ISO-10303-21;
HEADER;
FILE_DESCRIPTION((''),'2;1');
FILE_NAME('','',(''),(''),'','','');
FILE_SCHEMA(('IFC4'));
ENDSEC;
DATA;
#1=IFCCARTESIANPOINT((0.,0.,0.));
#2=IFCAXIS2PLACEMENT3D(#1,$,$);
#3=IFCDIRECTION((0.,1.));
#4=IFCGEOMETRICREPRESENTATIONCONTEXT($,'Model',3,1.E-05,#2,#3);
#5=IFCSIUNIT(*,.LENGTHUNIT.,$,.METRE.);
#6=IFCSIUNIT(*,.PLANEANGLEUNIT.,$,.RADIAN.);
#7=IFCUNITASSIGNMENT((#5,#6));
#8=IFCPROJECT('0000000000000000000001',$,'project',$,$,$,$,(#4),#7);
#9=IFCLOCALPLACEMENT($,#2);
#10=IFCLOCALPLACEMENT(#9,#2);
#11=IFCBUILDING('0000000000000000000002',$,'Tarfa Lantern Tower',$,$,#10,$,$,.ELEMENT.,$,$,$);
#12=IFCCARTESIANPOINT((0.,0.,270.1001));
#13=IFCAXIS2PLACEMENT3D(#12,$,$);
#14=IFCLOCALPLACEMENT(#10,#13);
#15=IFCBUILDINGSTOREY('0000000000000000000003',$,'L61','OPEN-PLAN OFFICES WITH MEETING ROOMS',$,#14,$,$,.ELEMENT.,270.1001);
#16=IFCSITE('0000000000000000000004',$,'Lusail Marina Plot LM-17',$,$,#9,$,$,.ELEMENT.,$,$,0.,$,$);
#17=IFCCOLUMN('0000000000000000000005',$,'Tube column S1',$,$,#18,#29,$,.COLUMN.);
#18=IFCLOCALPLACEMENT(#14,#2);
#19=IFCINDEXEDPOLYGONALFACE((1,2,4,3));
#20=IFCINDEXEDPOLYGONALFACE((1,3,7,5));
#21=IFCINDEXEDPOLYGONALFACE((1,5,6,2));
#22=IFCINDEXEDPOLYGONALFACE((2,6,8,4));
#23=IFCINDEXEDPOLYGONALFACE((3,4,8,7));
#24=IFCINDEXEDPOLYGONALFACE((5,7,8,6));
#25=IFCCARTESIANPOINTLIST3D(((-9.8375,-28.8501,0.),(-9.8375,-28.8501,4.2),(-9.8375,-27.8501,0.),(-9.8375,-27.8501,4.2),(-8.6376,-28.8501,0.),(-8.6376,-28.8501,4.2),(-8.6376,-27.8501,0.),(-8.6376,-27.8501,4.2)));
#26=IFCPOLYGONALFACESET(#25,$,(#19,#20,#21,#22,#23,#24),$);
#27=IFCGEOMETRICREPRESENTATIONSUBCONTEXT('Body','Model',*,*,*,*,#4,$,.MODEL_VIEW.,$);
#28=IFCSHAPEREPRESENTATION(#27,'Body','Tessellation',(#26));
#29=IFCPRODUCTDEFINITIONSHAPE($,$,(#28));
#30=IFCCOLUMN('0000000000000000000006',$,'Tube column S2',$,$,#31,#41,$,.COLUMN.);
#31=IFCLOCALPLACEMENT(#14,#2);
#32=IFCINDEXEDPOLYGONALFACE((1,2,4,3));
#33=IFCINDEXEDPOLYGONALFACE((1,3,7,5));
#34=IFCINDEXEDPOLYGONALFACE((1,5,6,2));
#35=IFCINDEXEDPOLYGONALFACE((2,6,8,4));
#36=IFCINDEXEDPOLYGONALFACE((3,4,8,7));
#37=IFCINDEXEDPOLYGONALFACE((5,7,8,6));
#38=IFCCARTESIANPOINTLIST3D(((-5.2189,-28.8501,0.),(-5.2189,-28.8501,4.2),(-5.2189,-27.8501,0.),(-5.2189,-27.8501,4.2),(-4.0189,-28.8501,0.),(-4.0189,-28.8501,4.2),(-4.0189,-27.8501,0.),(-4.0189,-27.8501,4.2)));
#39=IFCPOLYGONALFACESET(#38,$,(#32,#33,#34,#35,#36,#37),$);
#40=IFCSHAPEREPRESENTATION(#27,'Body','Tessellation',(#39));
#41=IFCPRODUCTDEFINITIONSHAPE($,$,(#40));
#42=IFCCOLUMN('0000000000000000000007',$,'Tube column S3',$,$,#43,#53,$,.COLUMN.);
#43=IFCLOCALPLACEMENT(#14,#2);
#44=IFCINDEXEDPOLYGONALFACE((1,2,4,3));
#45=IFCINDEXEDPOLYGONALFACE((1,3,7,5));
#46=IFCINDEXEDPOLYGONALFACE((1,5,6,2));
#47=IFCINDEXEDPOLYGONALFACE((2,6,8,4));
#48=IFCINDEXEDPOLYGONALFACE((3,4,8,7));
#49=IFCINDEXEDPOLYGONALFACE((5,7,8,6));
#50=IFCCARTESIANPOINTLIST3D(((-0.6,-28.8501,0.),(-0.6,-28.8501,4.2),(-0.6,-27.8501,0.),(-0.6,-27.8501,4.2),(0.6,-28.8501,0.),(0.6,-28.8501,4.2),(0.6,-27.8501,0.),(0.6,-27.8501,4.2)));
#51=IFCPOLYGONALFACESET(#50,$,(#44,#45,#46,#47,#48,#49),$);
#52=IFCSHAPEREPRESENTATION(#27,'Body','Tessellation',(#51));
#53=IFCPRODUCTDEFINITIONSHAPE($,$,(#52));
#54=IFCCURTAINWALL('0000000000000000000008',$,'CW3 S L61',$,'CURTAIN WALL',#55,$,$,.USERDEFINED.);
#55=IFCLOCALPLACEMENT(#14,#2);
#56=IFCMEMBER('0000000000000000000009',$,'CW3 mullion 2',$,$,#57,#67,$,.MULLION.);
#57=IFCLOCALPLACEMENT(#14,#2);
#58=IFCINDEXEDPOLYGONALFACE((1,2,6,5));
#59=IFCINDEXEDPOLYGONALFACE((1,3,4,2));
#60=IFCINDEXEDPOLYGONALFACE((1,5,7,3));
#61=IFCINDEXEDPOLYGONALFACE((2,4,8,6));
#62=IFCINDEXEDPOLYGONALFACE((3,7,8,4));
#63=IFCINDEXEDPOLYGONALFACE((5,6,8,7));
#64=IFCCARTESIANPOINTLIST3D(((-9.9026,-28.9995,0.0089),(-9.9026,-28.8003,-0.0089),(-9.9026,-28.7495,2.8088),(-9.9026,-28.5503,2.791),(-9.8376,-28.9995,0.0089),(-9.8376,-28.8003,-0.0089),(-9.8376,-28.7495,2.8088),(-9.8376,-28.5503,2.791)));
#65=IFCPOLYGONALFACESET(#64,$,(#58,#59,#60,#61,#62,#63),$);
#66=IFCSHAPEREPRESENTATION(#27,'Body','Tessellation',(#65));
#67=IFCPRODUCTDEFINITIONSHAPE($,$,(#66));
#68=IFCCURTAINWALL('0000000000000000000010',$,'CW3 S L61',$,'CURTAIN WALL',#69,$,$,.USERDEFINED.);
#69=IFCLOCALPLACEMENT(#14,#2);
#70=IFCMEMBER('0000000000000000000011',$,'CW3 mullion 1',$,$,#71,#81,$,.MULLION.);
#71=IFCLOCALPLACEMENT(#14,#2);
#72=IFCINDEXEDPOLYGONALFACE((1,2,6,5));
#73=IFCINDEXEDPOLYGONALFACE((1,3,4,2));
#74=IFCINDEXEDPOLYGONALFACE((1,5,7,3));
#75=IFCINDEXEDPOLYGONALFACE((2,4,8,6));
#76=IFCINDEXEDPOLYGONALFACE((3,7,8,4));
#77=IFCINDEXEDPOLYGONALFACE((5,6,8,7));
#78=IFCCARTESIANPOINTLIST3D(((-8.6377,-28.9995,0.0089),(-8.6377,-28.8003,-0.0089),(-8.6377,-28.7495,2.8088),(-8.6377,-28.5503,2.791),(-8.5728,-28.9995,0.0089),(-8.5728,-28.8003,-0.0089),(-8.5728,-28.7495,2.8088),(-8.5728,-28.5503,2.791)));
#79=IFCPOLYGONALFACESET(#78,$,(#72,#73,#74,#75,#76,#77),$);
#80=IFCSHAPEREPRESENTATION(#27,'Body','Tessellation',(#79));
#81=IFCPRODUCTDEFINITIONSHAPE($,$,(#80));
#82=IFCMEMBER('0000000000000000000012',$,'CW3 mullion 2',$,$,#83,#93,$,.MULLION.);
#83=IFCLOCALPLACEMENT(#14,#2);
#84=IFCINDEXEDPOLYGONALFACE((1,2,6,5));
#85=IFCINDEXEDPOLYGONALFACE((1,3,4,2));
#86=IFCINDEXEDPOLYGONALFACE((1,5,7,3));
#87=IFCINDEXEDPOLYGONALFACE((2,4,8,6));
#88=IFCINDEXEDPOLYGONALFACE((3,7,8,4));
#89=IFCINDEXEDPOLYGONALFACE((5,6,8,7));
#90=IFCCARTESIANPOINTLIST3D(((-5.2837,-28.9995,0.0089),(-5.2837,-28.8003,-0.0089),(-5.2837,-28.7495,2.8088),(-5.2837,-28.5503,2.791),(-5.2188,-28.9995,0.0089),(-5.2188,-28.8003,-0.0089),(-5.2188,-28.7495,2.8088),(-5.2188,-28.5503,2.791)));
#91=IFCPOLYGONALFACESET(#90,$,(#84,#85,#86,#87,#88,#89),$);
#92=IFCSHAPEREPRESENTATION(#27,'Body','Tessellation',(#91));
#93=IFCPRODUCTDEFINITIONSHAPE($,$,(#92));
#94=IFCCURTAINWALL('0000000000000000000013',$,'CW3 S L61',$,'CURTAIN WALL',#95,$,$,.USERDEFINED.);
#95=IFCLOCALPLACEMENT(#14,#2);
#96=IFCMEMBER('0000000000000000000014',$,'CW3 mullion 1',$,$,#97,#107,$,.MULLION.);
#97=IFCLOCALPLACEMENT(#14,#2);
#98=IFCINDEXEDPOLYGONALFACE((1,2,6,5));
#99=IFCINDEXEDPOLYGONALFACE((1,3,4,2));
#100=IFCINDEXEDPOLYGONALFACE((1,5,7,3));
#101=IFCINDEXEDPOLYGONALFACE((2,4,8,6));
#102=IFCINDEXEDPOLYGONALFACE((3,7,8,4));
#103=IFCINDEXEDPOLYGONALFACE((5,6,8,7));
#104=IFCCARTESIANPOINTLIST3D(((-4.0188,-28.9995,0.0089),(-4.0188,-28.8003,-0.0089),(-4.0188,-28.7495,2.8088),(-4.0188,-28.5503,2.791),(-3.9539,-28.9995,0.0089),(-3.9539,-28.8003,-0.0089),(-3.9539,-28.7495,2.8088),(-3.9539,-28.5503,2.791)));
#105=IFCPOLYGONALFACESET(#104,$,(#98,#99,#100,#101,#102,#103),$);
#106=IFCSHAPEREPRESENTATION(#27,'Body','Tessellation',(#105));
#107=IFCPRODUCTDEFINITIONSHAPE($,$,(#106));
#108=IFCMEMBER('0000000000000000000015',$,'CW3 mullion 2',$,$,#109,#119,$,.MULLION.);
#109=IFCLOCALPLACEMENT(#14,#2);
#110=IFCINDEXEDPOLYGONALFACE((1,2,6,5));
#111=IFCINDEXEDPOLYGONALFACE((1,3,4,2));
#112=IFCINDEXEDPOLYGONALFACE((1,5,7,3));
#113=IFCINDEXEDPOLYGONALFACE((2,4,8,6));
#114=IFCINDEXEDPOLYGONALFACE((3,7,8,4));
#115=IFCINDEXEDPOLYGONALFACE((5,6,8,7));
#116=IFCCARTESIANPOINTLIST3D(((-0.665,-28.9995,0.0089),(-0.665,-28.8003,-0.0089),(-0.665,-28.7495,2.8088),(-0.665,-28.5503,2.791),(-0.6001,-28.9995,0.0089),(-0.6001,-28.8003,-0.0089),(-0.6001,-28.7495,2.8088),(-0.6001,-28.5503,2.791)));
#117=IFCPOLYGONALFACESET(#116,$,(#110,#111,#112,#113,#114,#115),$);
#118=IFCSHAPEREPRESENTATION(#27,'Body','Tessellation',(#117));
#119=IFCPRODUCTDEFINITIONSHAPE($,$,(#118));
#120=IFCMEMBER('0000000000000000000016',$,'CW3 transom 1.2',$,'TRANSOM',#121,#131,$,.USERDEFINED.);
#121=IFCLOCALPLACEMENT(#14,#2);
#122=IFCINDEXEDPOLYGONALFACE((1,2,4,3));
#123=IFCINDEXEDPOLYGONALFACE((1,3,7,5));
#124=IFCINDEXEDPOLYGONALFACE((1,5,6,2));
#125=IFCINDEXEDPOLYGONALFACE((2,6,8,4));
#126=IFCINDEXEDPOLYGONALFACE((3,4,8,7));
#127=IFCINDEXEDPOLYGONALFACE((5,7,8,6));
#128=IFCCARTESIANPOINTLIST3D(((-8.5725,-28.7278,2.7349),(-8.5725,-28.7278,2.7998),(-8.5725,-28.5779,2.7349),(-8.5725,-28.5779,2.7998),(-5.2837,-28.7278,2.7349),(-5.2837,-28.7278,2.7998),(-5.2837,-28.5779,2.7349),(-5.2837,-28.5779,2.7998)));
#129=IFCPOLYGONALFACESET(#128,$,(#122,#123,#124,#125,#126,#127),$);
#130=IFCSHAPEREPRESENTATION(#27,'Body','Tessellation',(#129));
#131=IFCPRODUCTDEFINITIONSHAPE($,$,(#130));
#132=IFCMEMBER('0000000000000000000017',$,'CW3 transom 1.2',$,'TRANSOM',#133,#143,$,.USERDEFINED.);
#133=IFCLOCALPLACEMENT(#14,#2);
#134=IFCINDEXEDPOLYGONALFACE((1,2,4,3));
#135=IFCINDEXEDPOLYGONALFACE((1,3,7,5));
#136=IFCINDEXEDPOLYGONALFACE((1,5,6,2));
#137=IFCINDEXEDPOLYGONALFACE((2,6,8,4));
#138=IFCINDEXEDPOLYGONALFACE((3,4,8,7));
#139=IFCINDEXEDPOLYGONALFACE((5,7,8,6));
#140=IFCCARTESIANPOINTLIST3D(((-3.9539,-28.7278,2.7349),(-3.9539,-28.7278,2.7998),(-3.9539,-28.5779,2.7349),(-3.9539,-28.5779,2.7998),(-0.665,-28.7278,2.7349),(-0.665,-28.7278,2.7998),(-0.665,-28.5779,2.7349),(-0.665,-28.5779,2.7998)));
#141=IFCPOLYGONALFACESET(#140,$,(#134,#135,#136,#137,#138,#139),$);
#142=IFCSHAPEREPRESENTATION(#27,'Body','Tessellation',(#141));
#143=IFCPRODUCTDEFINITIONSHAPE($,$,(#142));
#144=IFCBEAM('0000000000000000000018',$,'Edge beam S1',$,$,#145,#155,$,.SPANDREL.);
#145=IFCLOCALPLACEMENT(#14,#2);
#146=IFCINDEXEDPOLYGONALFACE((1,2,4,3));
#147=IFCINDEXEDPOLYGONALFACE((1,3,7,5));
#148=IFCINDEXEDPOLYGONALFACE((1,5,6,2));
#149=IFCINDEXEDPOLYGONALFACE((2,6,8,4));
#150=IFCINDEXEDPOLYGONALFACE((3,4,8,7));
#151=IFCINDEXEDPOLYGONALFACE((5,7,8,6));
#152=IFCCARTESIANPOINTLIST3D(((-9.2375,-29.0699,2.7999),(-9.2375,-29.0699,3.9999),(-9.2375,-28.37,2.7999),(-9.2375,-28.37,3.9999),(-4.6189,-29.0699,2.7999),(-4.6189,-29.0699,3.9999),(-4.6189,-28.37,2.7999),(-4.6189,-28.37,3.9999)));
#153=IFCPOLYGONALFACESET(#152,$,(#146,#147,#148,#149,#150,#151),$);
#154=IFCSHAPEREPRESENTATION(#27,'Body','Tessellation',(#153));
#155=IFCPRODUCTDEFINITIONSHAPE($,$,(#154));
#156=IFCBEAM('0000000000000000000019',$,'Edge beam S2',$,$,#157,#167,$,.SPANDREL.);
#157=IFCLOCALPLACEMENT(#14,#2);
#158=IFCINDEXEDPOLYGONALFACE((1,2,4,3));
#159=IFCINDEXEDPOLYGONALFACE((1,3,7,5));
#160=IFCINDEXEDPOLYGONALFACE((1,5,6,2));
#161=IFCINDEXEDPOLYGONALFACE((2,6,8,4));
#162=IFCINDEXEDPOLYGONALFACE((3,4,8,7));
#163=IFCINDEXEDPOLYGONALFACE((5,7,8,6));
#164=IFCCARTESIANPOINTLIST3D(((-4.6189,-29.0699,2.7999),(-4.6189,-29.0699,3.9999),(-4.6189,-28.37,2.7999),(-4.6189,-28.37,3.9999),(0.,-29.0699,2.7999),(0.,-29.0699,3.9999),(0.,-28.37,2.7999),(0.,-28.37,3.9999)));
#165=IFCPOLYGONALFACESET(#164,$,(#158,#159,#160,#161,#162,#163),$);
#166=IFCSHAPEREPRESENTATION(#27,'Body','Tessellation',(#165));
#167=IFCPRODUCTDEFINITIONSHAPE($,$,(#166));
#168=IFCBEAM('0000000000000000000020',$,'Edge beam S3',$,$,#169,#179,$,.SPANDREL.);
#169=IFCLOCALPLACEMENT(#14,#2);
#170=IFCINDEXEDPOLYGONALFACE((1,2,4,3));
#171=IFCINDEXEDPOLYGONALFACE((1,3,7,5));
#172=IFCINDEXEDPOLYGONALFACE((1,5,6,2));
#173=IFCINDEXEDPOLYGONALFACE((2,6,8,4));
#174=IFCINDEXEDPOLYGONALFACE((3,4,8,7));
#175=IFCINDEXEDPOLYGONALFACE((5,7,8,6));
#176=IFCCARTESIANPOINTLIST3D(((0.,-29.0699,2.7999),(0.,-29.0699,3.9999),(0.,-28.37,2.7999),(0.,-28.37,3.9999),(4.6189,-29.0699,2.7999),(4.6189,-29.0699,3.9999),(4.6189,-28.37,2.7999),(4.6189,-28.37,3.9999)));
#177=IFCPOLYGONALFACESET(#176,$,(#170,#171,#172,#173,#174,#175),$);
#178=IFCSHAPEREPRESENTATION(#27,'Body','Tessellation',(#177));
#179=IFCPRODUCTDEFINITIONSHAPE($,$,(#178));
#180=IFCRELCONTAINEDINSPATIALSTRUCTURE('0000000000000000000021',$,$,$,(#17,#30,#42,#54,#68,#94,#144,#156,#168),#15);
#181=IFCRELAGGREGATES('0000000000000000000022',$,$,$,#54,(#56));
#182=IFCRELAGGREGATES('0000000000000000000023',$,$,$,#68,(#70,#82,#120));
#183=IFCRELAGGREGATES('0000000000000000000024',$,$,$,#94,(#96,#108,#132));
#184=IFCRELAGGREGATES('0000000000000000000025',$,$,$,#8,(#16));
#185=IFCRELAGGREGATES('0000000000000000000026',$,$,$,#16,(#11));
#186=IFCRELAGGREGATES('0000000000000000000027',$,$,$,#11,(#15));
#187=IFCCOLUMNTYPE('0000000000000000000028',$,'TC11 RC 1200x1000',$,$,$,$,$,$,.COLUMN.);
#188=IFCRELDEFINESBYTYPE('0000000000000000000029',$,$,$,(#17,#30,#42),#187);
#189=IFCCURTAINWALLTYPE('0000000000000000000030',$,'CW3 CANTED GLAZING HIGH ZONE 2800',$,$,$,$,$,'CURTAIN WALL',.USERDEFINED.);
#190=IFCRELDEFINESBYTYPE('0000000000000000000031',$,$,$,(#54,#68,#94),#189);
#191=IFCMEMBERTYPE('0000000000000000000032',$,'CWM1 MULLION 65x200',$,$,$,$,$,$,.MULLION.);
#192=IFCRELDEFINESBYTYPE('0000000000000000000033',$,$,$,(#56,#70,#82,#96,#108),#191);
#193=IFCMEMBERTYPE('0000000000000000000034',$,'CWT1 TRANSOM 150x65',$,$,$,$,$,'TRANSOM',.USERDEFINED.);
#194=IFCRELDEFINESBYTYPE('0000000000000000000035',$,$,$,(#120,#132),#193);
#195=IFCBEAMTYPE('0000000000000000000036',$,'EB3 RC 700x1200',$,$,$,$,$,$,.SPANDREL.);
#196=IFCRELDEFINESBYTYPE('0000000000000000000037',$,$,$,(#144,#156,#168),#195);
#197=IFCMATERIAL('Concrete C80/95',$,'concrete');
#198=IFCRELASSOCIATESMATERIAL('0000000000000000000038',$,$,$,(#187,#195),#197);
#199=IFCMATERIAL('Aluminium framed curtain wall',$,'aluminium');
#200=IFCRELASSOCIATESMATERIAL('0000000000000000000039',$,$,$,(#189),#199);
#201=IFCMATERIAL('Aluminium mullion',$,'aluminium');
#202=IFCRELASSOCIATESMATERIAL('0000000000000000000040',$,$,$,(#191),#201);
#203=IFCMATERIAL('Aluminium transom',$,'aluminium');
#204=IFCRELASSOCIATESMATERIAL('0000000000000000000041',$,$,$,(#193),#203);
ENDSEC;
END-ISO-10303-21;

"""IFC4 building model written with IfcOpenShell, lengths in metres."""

from ifc_helpers import new_model, si_unit, direction, frame, origin, origin_2d, place, context, subcontext, project, spatial, rectangle, extrude, material, material_profile, profile_set, type_object, element, aggregate, save


model = new_model("IFC4")

# Units and contexts
model_context = context("Model", 3, precision=1e-05, world=origin(), true_north=direction((0.0, 1.0)))
body_context = subcontext(model_context, "Body", "Model", "MODEL_VIEW")
ifc_project = project(units=[si_unit("LENGTHUNIT", "METRE"), si_unit("PLANEANGLEUNIT", "RADIAN")], contexts=[model_context])

# Site, building, storey
site_placement = place(None, origin())
site = spatial("IfcSite", under=ifc_project, at=site_placement, Name="Lusail Marina Plot LM-17", CompositionType="ELEMENT", RefElevation=0.0)
building_placement = place(site_placement, origin())
building = spatial("IfcBuilding", under=site, at=building_placement, Name="Tarfa Lantern Tower", CompositionType="ELEMENT")
storey_placement = place(building_placement, frame((0.0, 0.0, 270.1001)))
storey = spatial("IfcBuildingStorey", under=building, at=storey_placement, Name="L61", Description="OPEN-PLAN OFFICES WITH MEETING ROOMS", CompositionType="ELEMENT", Elevation=270.1001)

# Columns
ifc_material_1 = material(Name="Concrete C80/95", Category="concrete")
ifc_material_profile_1 = material_profile(ifc_material_1, rectangle(XDim=1.2, YDim=1.0, at=origin_2d()), Name="RC 1200x1000")
ifc_profile_set_1 = profile_set([ifc_material_profile_1], Name="Concrete C80/95")
column_type = type_object("IfcColumnType", Name="TC11 RC 1200x1000", PredefinedType="COLUMN", material=ifc_profile_set_1)
for number, where, z_axis, x_axis, name in (
    (1, (-9.2375, -28.3501, 0.0), (0.0, 0.0, 1.0), (1.0, 0.0, 0.0), "Tube column S1"),
    (2, (-4.6189, -28.3501, 0.0), (0.0, 0.0, 1.0), (1.0, 0.0, 0.0), "Tube column S2"),
    (3, (0.0, -28.3501, 0.0), (0.0, 0.0, 1.0), (1.0, 0.0, 0.0), "Tube column S3"),
):
    element("IfcColumn", number, at=place(storey_placement, frame(where, z_axis=z_axis, x_axis=x_axis)), inside=storey, type_object=column_type, Name=name, PredefinedType="COLUMN", context=body_context, shape_type="SweptSolid", body=[
        extrude(rectangle(XDim=1.2, YDim=1.0, at=origin_2d()), origin(), (0.0, 0.0, 1.0), 4.2),
    ])

# Curtain wall, member
ifc_material_2 = material(Name="Aluminium framed curtain wall", Category="aluminium")
curtain_wall_type = type_object("IfcCurtainWallType", Name="CW3 CANTED GLAZING HIGH ZONE 2800", ElementType="CURTAIN WALL", PredefinedType="USERDEFINED", material=ifc_material_2)
curtain_wall_1_placement = place(storey_placement, origin())
curtain_wall_1 = element("IfcCurtainWall", 4, at=curtain_wall_1_placement, inside=storey, type_object=curtain_wall_type, Name="CW3 S L61", ObjectType="CURTAIN WALL", PredefinedType="USERDEFINED")
ifc_material_3 = material(Name="Aluminium mullion", Category="aluminium")
ifc_material_profile_2 = material_profile(ifc_material_3, rectangle(XDim=0.0649, YDim=0.2, at=origin_2d()), Name="AL MULLION 65x200")
ifc_profile_set_2 = profile_set([ifc_material_profile_2], Name="Aluminium mullion")
member_type_1 = type_object("IfcMemberType", Name="CWM1 MULLION 65x200", PredefinedType="MULLION", material=ifc_profile_set_2)
member_1_placement = place(storey_placement, frame((-9.8701, -28.8999, 0.0), z_axis=(0.0, 0.088938, 0.996037), x_axis=(-1.0, 0.0, 0.0)))
member_1 = element("IfcMember", 5, at=member_1_placement, type_object=member_type_1, Name="CW3 mullion 2", PredefinedType="MULLION", context=body_context, shape_type="SweptSolid", body=[
    extrude(rectangle(XDim=0.0649, YDim=0.2, at=origin_2d()), origin(), (0.0, 0.0, 1.0), 2.811),
])
aggregate(curtain_wall_1, [member_1])

# Curtain walls, members
curtain_wall_2_placement = place(storey_placement, origin())
curtain_wall_2 = element("IfcCurtainWall", 6, at=curtain_wall_2_placement, inside=storey, type_object=curtain_wall_type, Name="CW3 S L61", ObjectType="CURTAIN WALL", PredefinedType="USERDEFINED")
member_2_placement = place(storey_placement, frame((-8.6052, -28.8999, 0.0), z_axis=(0.0, 0.088938, 0.996037), x_axis=(-1.0, 0.0, 0.0)))
member_2 = element("IfcMember", 7, at=member_2_placement, type_object=member_type_1, Name="CW3 mullion 1", PredefinedType="MULLION", context=body_context, shape_type="SweptSolid", body=[
    extrude(rectangle(XDim=0.0649, YDim=0.2, at=origin_2d()), origin(), (0.0, 0.0, 1.0), 2.811),
])
member_3_placement = place(storey_placement, frame((-5.2512, -28.8999, 0.0), z_axis=(0.0, 0.088938, 0.996037), x_axis=(-1.0, 0.0, 0.0)))
member_3 = element("IfcMember", 8, at=member_3_placement, type_object=member_type_1, Name="CW3 mullion 2", PredefinedType="MULLION", context=body_context, shape_type="SweptSolid", body=[
    extrude(rectangle(XDim=0.0649, YDim=0.2, at=origin_2d()), origin(), (0.0, 0.0, 1.0), 2.811),
])
curtain_wall_3_placement = place(storey_placement, origin())
curtain_wall_3 = element("IfcCurtainWall", 9, at=curtain_wall_3_placement, inside=storey, type_object=curtain_wall_type, Name="CW3 S L61", ObjectType="CURTAIN WALL", PredefinedType="USERDEFINED")
member_4_placement = place(storey_placement, frame((-3.9863, -28.8999, 0.0), z_axis=(0.0, 0.088938, 0.996037), x_axis=(-1.0, 0.0, 0.0)))
member_4 = element("IfcMember", 10, at=member_4_placement, type_object=member_type_1, Name="CW3 mullion 1", PredefinedType="MULLION", context=body_context, shape_type="SweptSolid", body=[
    extrude(rectangle(XDim=0.0649, YDim=0.2, at=origin_2d()), origin(), (0.0, 0.0, 1.0), 2.811),
])
member_5_placement = place(storey_placement, frame((-0.6326, -28.8999, 0.0), z_axis=(0.0, 0.088938, 0.996037), x_axis=(-1.0, 0.0, 0.0)))
member_5 = element("IfcMember", 11, at=member_5_placement, type_object=member_type_1, Name="CW3 mullion 2", PredefinedType="MULLION", context=body_context, shape_type="SweptSolid", body=[
    extrude(rectangle(XDim=0.0649, YDim=0.2, at=origin_2d()), origin(), (0.0, 0.0, 1.0), 2.811),
])

# Members
ifc_material_4 = material(Name="Aluminium transom", Category="aluminium")
ifc_material_profile_3 = material_profile(ifc_material_4, rectangle(XDim=0.1499, YDim=0.0649, at=origin_2d()), Name="AL TRANSOM 150x65")
ifc_profile_set_3 = profile_set([ifc_material_profile_3], Name="Aluminium transom")
member_type_2 = type_object("IfcMemberType", Name="CWT1 TRANSOM 150x65", ElementType="TRANSOM", PredefinedType="USERDEFINED", material=ifc_profile_set_3)
member_6_placement = place(storey_placement, frame((-8.5725, -28.6528, 2.7673), z_axis=(1.0, 0.0, 0.0), x_axis=(0.0, 1.0, 0.0)))
member_6 = element("IfcMember", 12, at=member_6_placement, type_object=member_type_2, Name="CW3 transom 1.2", ObjectType="TRANSOM", PredefinedType="USERDEFINED", context=body_context, shape_type="SweptSolid", body=[
    extrude(rectangle(XDim=0.1499, YDim=0.0649, at=origin_2d()), origin(), (0.0, 0.0, 1.0), 3.2888),
])
member_7_placement = place(storey_placement, frame((-3.9539, -28.6528, 2.7673), z_axis=(1.0, 0.0, 0.0), x_axis=(0.0, 1.0, 0.0)))
member_7 = element("IfcMember", 13, at=member_7_placement, type_object=member_type_2, Name="CW3 transom 1.2", ObjectType="TRANSOM", PredefinedType="USERDEFINED", context=body_context, shape_type="SweptSolid", body=[
    extrude(rectangle(XDim=0.1499, YDim=0.0649, at=origin_2d()), origin(), (0.0, 0.0, 1.0), 3.2888),
])

# Beams
ifc_material_profile_4 = material_profile(ifc_material_1, rectangle(XDim=0.7, YDim=1.2, at=origin_2d()), Name="RC 700x1200")
ifc_profile_set_4 = profile_set([ifc_material_profile_4], Name="Concrete C80/95")
beam_type_1 = type_object("IfcBeamType", Name="EB3 RC 700x1200", PredefinedType="SPANDREL", material=ifc_profile_set_4)
beam_placement = place(storey_placement, frame((-9.2375, -28.72, 3.3999), z_axis=(1.0, 0.0, 0.0), x_axis=(0.0, 1.0, 0.0)))
element("IfcBeam", 14, at=beam_placement, inside=storey, type_object=beam_type_1, Name="Edge beam S1", PredefinedType="SPANDREL", context=body_context, shape_type="SweptSolid", body=[
    extrude(rectangle(XDim=0.7, YDim=1.2, at=origin_2d()), origin(), (0.0, 0.0, 1.0), 4.6187),
])
for number, where, z_axis, x_axis, name in (
    (15, (-4.6189, -28.72, 3.3999), (1.0, 0.0, 0.0), (0.0, 1.0, 0.0), "Edge beam S2"),
    (16, (0.0, -28.72, 3.3999), (1.0, 0.0, 0.0), (0.0, 1.0, 0.0), "Edge beam S3"),
):
    element("IfcBeam", number, at=place(storey_placement, frame(where, z_axis=z_axis, x_axis=x_axis)), inside=storey, type_object=beam_type_1, Name=name, PredefinedType="SPANDREL", context=body_context, shape_type="SweptSolid", body=[
        extrude(rectangle(XDim=0.7, YDim=1.2, at=origin_2d()), origin(), (0.0, 0.0, 1.0), 4.6189),
    ])

aggregate(curtain_wall_2, [member_2, member_3, member_6])
aggregate(curtain_wall_3, [member_4, member_5, member_7])

save(model, "model.ifc")
